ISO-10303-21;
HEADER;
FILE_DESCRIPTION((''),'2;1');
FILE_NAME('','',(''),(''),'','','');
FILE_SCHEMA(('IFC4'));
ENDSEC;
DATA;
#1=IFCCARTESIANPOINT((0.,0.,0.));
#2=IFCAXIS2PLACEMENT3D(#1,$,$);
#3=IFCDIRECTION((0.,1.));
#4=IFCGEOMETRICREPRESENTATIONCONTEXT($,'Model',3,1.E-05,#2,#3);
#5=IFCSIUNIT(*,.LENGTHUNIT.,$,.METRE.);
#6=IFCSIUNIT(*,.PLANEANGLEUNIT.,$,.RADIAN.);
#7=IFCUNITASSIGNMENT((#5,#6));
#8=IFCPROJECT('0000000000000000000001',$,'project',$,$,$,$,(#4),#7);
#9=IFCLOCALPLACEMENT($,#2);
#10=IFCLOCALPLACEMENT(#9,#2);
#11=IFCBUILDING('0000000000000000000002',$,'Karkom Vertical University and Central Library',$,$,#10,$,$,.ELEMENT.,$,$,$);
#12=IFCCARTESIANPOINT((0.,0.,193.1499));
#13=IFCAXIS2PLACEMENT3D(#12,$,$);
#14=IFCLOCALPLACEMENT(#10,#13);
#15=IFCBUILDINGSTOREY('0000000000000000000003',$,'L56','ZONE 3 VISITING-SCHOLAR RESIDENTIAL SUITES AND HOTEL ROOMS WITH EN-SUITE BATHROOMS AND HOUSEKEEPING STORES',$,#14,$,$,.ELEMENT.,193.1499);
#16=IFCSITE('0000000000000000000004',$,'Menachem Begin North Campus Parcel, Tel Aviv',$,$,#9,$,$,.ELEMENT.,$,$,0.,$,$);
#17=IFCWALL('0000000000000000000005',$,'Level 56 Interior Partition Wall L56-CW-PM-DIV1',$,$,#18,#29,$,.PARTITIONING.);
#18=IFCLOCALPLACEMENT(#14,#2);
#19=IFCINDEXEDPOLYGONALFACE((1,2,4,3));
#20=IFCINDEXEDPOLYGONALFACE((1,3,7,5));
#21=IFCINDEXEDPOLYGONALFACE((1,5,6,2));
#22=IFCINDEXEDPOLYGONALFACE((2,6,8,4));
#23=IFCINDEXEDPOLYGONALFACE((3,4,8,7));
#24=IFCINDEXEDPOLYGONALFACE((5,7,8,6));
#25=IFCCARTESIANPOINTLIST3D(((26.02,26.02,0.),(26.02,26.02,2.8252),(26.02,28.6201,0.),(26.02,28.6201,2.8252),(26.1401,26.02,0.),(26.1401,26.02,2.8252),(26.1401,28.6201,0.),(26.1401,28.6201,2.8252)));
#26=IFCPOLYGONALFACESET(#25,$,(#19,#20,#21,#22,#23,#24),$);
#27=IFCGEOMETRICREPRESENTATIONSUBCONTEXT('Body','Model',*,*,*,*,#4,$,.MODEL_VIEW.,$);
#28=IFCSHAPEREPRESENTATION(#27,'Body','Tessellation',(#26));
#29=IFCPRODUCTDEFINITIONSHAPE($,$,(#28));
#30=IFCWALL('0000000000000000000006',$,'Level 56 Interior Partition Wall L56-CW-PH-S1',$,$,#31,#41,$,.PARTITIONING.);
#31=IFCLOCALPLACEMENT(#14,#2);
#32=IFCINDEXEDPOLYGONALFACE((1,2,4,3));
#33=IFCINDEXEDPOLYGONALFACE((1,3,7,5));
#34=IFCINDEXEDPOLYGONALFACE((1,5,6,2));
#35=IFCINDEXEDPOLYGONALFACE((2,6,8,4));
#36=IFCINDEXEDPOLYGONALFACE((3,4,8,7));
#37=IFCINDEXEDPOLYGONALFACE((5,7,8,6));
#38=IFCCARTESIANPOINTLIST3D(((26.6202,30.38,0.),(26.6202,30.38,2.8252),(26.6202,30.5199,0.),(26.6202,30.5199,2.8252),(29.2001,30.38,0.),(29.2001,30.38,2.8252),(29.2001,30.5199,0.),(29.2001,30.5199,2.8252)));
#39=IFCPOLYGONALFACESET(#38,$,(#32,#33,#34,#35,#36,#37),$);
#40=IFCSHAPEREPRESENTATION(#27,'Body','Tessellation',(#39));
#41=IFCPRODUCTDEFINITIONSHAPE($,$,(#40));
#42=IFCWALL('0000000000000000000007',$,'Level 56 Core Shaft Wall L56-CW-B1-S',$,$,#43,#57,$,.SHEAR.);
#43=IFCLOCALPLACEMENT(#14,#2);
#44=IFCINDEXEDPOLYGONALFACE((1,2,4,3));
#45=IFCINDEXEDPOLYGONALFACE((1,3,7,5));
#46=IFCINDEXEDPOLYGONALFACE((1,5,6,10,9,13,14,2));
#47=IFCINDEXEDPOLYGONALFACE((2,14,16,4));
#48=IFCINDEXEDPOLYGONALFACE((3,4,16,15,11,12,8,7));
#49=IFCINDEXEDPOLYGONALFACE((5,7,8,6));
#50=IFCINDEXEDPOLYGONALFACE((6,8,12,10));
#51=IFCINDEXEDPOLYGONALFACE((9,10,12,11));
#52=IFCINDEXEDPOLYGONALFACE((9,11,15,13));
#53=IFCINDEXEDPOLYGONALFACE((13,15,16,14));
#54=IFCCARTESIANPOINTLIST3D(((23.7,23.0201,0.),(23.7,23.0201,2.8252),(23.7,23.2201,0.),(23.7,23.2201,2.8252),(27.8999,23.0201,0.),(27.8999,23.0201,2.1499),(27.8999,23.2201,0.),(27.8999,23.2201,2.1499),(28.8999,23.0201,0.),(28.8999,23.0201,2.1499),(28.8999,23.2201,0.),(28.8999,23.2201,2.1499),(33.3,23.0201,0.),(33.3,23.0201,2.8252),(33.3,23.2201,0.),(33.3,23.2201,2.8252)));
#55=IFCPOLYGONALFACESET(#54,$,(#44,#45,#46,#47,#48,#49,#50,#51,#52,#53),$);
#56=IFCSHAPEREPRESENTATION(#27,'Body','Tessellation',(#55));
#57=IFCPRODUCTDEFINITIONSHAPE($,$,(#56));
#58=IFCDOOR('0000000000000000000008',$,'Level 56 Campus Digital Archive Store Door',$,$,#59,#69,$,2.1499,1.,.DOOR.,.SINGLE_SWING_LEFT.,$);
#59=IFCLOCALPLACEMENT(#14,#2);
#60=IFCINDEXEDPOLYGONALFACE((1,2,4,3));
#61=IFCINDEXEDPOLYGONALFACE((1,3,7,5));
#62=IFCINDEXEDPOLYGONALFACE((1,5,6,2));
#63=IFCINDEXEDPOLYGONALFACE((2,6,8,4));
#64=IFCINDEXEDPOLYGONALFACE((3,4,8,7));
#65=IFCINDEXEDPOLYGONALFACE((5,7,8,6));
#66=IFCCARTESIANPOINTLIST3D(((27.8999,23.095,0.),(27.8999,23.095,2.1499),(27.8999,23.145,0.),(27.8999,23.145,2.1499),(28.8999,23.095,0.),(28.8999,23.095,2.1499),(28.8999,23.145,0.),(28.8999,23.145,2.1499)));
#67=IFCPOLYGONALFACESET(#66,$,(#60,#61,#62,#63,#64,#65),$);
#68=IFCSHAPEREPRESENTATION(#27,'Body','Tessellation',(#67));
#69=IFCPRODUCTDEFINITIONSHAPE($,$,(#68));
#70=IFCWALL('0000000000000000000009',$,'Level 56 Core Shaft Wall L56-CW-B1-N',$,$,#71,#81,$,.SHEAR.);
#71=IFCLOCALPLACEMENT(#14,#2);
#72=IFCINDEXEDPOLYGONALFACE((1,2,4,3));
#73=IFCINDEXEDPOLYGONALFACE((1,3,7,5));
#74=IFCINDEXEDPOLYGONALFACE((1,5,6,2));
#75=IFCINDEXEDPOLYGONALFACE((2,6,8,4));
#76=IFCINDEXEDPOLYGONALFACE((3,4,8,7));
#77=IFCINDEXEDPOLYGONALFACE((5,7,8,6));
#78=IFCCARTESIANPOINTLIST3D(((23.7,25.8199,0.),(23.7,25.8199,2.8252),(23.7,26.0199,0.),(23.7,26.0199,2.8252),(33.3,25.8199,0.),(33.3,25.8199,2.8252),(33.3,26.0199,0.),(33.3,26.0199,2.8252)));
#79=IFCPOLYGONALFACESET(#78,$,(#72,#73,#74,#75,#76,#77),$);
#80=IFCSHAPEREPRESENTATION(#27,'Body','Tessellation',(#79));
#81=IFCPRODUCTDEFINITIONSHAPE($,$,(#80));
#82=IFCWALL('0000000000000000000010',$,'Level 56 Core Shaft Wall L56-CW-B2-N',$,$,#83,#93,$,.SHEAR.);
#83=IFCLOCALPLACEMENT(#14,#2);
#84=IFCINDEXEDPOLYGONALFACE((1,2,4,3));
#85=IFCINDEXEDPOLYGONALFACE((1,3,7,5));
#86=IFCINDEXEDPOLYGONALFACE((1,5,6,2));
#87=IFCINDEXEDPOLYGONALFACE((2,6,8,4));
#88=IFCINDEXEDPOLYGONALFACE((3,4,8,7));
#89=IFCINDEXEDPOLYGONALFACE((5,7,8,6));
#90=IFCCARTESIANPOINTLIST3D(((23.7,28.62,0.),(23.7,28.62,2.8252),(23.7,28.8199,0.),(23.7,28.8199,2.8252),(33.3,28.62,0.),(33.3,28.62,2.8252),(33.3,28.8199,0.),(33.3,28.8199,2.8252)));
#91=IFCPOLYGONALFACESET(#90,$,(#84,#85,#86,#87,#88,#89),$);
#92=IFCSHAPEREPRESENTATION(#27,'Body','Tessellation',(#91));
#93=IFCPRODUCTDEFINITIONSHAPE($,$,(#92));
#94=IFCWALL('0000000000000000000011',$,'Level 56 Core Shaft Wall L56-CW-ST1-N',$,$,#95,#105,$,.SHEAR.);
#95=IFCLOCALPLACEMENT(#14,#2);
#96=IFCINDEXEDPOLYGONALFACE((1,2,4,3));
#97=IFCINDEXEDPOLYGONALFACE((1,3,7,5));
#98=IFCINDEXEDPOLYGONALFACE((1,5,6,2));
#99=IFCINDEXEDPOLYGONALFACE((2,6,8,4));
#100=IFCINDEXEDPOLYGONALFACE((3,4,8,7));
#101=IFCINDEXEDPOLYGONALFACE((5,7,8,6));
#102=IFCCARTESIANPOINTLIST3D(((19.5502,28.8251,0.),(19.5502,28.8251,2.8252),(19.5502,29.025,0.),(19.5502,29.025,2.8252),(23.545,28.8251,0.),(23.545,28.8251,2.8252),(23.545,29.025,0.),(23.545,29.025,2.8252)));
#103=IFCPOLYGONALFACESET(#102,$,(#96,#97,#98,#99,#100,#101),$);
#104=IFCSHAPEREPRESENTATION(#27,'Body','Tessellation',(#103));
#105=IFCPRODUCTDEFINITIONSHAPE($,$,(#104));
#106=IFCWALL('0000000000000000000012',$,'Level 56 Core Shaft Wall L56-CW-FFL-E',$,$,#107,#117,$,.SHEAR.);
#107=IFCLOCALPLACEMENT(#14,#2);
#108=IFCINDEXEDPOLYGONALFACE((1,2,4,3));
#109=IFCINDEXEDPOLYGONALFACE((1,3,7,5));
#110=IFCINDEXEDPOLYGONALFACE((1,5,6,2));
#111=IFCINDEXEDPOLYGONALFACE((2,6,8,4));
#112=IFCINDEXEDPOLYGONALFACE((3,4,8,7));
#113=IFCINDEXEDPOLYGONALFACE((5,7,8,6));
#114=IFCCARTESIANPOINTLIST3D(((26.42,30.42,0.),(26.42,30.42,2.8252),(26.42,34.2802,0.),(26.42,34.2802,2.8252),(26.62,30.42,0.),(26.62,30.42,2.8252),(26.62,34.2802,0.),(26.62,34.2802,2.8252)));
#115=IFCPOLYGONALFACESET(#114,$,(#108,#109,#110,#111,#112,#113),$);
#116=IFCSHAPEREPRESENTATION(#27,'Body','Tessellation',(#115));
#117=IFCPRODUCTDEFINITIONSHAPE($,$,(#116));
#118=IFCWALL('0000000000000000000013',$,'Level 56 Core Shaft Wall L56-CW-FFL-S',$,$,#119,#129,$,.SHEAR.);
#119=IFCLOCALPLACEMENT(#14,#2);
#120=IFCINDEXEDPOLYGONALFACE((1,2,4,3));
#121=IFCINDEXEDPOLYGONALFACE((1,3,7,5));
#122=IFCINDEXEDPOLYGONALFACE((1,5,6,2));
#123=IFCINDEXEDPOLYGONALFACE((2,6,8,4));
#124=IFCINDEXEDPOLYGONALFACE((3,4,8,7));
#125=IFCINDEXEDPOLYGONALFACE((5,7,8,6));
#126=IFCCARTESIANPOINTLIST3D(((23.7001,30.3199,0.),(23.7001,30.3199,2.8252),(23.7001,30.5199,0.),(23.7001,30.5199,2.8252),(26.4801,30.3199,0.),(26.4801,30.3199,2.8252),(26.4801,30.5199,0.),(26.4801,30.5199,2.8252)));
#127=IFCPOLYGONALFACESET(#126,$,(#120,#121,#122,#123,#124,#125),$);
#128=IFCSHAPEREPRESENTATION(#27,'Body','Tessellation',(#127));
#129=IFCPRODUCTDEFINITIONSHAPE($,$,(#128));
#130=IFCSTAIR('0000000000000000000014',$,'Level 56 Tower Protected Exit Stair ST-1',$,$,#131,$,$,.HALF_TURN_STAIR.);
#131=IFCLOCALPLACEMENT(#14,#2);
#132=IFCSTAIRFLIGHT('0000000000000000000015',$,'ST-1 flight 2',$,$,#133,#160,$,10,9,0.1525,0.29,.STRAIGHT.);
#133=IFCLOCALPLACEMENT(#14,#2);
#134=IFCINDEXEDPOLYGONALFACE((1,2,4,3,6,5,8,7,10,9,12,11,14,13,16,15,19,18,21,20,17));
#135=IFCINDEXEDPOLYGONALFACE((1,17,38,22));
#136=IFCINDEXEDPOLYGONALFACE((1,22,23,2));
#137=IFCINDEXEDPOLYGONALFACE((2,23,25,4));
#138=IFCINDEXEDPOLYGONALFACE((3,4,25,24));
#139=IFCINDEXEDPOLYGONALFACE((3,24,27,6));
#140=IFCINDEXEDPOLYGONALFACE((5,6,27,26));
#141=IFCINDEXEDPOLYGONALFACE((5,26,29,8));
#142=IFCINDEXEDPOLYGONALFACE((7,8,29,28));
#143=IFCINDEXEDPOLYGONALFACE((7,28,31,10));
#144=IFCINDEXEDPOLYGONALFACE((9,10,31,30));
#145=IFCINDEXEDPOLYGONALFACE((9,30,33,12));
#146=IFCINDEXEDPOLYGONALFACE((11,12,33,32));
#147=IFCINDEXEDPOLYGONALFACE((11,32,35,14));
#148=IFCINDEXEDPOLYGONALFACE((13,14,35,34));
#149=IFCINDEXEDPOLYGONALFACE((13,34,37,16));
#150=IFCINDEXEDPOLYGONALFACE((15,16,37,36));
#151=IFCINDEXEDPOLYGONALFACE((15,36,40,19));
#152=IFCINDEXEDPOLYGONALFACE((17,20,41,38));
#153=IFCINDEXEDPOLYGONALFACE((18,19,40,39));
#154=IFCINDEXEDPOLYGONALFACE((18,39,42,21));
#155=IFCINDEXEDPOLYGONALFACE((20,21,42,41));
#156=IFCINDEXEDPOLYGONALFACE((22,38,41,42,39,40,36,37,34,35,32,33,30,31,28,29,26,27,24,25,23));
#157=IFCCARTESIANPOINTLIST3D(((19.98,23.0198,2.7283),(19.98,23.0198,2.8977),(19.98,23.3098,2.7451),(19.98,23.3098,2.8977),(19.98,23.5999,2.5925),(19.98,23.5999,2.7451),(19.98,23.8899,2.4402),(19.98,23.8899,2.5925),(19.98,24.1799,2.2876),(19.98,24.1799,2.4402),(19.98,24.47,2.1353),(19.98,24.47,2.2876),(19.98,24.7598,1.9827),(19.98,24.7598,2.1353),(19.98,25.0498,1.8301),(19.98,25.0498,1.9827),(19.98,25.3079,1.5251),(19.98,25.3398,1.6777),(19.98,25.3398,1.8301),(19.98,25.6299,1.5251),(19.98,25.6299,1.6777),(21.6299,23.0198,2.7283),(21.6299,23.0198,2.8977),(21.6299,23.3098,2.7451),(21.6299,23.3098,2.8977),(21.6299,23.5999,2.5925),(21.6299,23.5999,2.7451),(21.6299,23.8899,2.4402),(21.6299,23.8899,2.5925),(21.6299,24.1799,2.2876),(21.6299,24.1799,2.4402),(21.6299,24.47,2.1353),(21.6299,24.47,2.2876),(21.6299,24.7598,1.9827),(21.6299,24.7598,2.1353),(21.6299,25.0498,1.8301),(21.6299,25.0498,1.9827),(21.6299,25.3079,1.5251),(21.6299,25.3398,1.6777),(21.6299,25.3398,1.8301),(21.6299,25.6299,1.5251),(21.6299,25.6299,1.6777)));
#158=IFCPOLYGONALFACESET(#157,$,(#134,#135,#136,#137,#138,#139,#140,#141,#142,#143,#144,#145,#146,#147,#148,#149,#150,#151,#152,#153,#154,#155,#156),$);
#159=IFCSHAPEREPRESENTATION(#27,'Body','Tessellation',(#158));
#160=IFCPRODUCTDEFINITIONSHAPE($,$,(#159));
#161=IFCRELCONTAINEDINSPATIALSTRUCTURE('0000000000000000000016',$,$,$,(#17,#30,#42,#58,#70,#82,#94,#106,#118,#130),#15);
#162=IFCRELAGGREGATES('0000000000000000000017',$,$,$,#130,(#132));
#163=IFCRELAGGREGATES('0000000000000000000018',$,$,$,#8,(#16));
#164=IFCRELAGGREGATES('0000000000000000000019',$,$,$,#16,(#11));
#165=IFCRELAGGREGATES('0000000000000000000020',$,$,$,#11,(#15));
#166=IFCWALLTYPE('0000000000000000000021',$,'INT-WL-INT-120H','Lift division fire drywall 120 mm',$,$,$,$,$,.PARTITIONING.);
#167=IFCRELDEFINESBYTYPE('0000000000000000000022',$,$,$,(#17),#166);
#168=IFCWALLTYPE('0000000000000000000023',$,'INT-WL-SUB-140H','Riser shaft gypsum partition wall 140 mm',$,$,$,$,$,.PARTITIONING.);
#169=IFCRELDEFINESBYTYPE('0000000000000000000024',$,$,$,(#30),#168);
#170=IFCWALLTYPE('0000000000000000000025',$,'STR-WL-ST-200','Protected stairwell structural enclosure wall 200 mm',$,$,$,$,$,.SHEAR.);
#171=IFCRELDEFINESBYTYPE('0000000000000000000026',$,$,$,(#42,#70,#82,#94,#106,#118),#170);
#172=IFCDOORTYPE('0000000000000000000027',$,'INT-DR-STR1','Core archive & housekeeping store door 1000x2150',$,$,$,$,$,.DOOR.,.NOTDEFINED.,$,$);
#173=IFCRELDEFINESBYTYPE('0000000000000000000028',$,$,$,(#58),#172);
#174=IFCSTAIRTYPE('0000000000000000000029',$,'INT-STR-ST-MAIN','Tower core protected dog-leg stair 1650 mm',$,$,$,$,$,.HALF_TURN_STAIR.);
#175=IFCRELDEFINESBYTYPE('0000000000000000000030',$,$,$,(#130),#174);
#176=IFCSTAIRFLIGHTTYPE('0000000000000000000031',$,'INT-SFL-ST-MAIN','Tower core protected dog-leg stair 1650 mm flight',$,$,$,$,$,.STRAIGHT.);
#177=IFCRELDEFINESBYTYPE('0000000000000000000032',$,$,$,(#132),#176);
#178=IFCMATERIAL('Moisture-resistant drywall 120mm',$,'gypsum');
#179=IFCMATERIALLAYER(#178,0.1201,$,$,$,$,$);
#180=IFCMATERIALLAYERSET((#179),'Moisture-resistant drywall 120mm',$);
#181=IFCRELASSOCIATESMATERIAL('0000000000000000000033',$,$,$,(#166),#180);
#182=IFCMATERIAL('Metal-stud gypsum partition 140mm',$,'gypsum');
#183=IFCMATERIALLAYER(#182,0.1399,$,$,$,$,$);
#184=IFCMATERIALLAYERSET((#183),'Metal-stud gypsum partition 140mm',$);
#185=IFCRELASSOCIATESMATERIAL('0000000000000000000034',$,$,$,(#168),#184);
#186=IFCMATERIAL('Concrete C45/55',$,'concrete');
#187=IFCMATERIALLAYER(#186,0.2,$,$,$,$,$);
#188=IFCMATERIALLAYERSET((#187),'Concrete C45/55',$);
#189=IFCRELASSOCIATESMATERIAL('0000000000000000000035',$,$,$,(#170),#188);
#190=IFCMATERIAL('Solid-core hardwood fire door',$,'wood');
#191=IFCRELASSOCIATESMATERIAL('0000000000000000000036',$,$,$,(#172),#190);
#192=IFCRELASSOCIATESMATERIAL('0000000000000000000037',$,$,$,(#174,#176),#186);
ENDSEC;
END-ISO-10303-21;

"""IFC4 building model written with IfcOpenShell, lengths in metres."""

from ifc_helpers import new_model, si_unit, direction, frame, frame_2d, origin, origin_with_axes, place, context, subcontext, project, spatial, polyline, rectangle, outline, extrude, source, transform, mapped, material, layer, layer_set, type_object, element, fill, aggregate, save


model = new_model("IFC4")

# Units and contexts
model_context = context("Model", 3, precision=1e-05, world=origin(), true_north=direction((0.0, 1.0)))
body_context = subcontext(model_context, "Body", "Model", "MODEL_VIEW")
ifc_project = project(units=[si_unit("LENGTHUNIT", "METRE"), si_unit("PLANEANGLEUNIT", "RADIAN")], contexts=[model_context])

# Site, building, storey
site_placement = place(None, origin())
site = spatial("IfcSite", under=ifc_project, at=site_placement, Name="Menachem Begin North Campus Parcel, Tel Aviv", CompositionType="ELEMENT", RefElevation=0.0)
building_placement = place(site_placement, origin())
building = spatial("IfcBuilding", under=site, at=building_placement, Name="Karkom Vertical University and Central Library", CompositionType="ELEMENT")
storey_placement = place(building_placement, frame((0.0, 0.0, 193.1499)))
storey = spatial("IfcBuildingStorey", under=building, at=storey_placement, Name="L56", Description="ZONE 3 VISITING-SCHOLAR RESIDENTIAL SUITES AND HOTEL ROOMS WITH EN-SUITE BATHROOMS AND HOUSEKEEPING STORES", CompositionType="ELEMENT", Elevation=193.1499)

# Shared definitions
ifc_material_1 = material(Name="Moisture-resistant drywall 120mm", Category="gypsum")

# Walls
ifc_layer_1 = layer(ifc_material_1, 0.1201)
ifc_layer_set_1 = layer_set([ifc_layer_1], Name="Moisture-resistant drywall 120mm")
wall_type_1 = type_object("IfcWallType", Name="INT-WL-INT-120H", Description="Lift division fire drywall 120 mm", PredefinedType="PARTITIONING", material=ifc_layer_set_1)
wall_1_placement = place(storey_placement, frame((26.0801, 26.02, 0.0), z_axis=(0.0, 0.0, 1.0), x_axis=(0.0, 1.0, 0.0)))
element("IfcWall", 1, at=wall_1_placement, inside=storey, type_object=wall_type_1, Name="Level 56 Interior Partition Wall L56-CW-PM-DIV1", PredefinedType="PARTITIONING", context=body_context, shape_type="SweptSolid", body=[
    extrude(rectangle(XDim=2.6001, YDim=0.1201, at=frame_2d((1.3, 0.0))), origin(), (0.0, 0.0, 1.0), 2.8252),
])
ifc_material_2 = material(Name="Metal-stud gypsum partition 140mm", Category="gypsum")
ifc_layer_2 = layer(ifc_material_2, 0.1399)
ifc_layer_set_2 = layer_set([ifc_layer_2], Name="Metal-stud gypsum partition 140mm")
wall_type_2 = type_object("IfcWallType", Name="INT-WL-SUB-140H", Description="Riser shaft gypsum partition wall 140 mm", PredefinedType="PARTITIONING", material=ifc_layer_set_2)
wall_2_placement = place(storey_placement, frame((26.6201, 30.45, 0.0), z_axis=(0.0, 0.0, 1.0), x_axis=(1.0, 0.0, 0.0)))
element("IfcWall", 2, at=wall_2_placement, inside=storey, type_object=wall_type_2, Name="Level 56 Interior Partition Wall L56-CW-PH-S1", PredefinedType="PARTITIONING", context=body_context, shape_type="SweptSolid", body=[
    extrude(rectangle(XDim=2.5798, YDim=0.1399, at=frame_2d((1.29, 0.0))), origin(), (0.0, 0.0, 1.0), 2.8252),
])

# Wall, opening, door
ifc_material_3 = material(Name="Concrete C45/55", Category="concrete")
ifc_layer_3 = layer(ifc_material_3, 0.2)
ifc_layer_set_3 = layer_set([ifc_layer_3], Name="Concrete C45/55")
wall_type_3 = type_object("IfcWallType", Name="STR-WL-ST-200", Description="Protected stairwell structural enclosure wall 200 mm", PredefinedType="SHEAR", material=ifc_layer_set_3)
wall_3_placement = place(storey_placement, frame((23.7, 23.1201, 0.0), z_axis=(0.0, 0.0, 1.0), x_axis=(1.0, 0.0, 0.0)))
wall_3 = element("IfcWall", 3, at=wall_3_placement, inside=storey, type_object=wall_type_3, Name="Level 56 Core Shaft Wall L56-CW-B1-S", PredefinedType="SHEAR", context=body_context, shape_type="SweptSolid", body=[
    extrude(rectangle(XDim=9.6001, YDim=0.2, at=frame_2d((4.8, 0.0))), origin(), (0.0, 0.0, 1.0), 2.8252),
])
opening_1_placement = place(wall_3_placement, frame((4.2, 0.0, 0.0)))
opening_1 = element("IfcOpeningElement", 4, at=opening_1_placement, cuts=wall_3, PredefinedType="OPENING", context=body_context, shape_type="SweptSolid", body=[
    extrude(rectangle(XDim=1.0, YDim=2.1499, at=frame_2d((0.5, 1.075))), frame((0.0, 0.1099, 0.0), z_axis=(0.0, -1.0, 0.0), x_axis=(1.0, 0.0, 0.0)), (0.0, 0.0, 1.0), 0.22),
])
ifc_material_4 = material(Name="Solid-core hardwood fire door", Category="wood")
door_type_1 = type_object("IfcDoorType", Name="INT-DR-STR1", Description="Core archive & housekeeping store door 1000x2150", OperationType="NOTDEFINED", PredefinedType="DOOR", material=ifc_material_4)
shared_shape_1 = source(origin_with_axes(), body_context, "Body", "SweptSolid", [
    extrude(rectangle(XDim=1.0, YDim=2.1499, at=frame_2d((0.5, 1.075))), frame((0.0, 0.0249, 0.0), z_axis=(0.0, -1.0, 0.0), x_axis=(1.0, 0.0, 0.0)), (0.0, 0.0, 1.0), 0.05),
])
door_1_placement = place(opening_1_placement, origin())
door_1 = element("IfcDoor", 5, at=door_1_placement, inside=storey, type_object=door_type_1, Name="Level 56 Campus Digital Archive Store Door", OperationType="SINGLE_SWING_LEFT", OverallHeight=2.1499, OverallWidth=1.0, PredefinedType="DOOR", context=body_context, shape_type="MappedRepresentation", body=[
    mapped(shared_shape_1, transform((0.0, 0.0, 0.0), scale=1.0)),
])
fill(opening_1, door_1)

# Walls
for number, where, z_axis, x_axis, name in (
    (6, (23.7, 25.9199, 0.0), (0.0, 0.0, 1.0), (1.0, 0.0, 0.0), "Level 56 Core Shaft Wall L56-CW-B1-N"),
    (7, (23.7, 28.72, 0.0), (0.0, 0.0, 1.0), (1.0, 0.0, 0.0), "Level 56 Core Shaft Wall L56-CW-B2-N"),
):
    element("IfcWall", number, at=place(storey_placement, frame(where, z_axis=z_axis, x_axis=x_axis)), inside=storey, type_object=wall_type_3, Name=name, PredefinedType="SHEAR", context=body_context, shape_type="SweptSolid", body=[
        extrude(rectangle(XDim=9.6001, YDim=0.2, at=frame_2d((4.8, 0.0))), origin(), (0.0, 0.0, 1.0), 2.8252),
    ])
wall_4_placement = place(storey_placement, frame((19.55, 28.925, 0.0), z_axis=(0.0, 0.0, 1.0), x_axis=(1.0, 0.0, 0.0)))
element("IfcWall", 8, at=wall_4_placement, inside=storey, type_object=wall_type_3, Name="Level 56 Core Shaft Wall L56-CW-ST1-N", PredefinedType="SHEAR", context=body_context, shape_type="SweptSolid", body=[
    extrude(rectangle(XDim=3.9949, YDim=0.2, at=frame_2d((1.9976, 0.0))), origin(), (0.0, 0.0, 1.0), 2.8252),
])
wall_5_placement = place(storey_placement, frame((26.52, 30.4199, 0.0), z_axis=(0.0, 0.0, 1.0), x_axis=(0.0, 1.0, 0.0)))
element("IfcWall", 9, at=wall_5_placement, inside=storey, type_object=wall_type_3, Name="Level 56 Core Shaft Wall L56-CW-FFL-E", PredefinedType="SHEAR", context=body_context, shape_type="SweptSolid", body=[
    extrude(rectangle(XDim=3.8601, YDim=0.2, at=frame_2d((1.9302, 0.0))), origin(), (0.0, 0.0, 1.0), 2.8252),
])
wall_6_placement = place(storey_placement, frame((23.7, 30.4199, 0.0), z_axis=(0.0, 0.0, 1.0), x_axis=(1.0, 0.0, 0.0)))
element("IfcWall", 10, at=wall_6_placement, inside=storey, type_object=wall_type_3, Name="Level 56 Core Shaft Wall L56-CW-FFL-S", PredefinedType="SHEAR", context=body_context, shape_type="SweptSolid", body=[
    extrude(rectangle(XDim=2.78, YDim=0.2, at=frame_2d((1.3901, 0.0))), origin(), (0.0, 0.0, 1.0), 2.8252),
])

# Stair, stair flight
stair_type = type_object("IfcStairType", Name="INT-STR-ST-MAIN", Description="Tower core protected dog-leg stair 1650 mm", PredefinedType="HALF_TURN_STAIR", material=ifc_material_3)
stair_placement = place(storey_placement, origin())
stair = element("IfcStair", 11, at=stair_placement, inside=storey, type_object=stair_type, Name="Level 56 Tower Protected Exit Stair ST-1", PredefinedType="HALF_TURN_STAIR")
stair_flight_type = type_object("IfcStairFlightType", Name="INT-SFL-ST-MAIN", Description="Tower core protected dog-leg stair 1650 mm flight", PredefinedType="STRAIGHT", material=ifc_material_3)
stair_flight_placement = place(storey_placement, frame((20.8049, 25.6299, 1.5251), z_axis=(0.0, 0.0, 1.0), x_axis=(0.0, -1.0, 0.0)))
stair_flight = element("IfcStairFlight", 12, at=stair_flight_placement, type_object=stair_flight_type, Name="ST-1 flight 2", NumberOfRisers=10, NumberOfTreads=9, PredefinedType="STRAIGHT", RiserHeight=0.1525, TreadLength=0.29, context=body_context, shape_type="SweptSolid", body=[
    extrude(outline(polyline([(0.0, 0.0), (0.0, 0.1526), (0.29, 0.1526), (0.29, 0.3049), (0.5801, 0.3049), (0.5801, 0.4575), (0.8701, 0.4575), (0.8701, 0.6101), (1.1599, 0.6101), (1.1599, 0.7625), (1.45, 0.7625), (1.45, 0.915), (1.74, 0.915), (1.74, 1.0674), (2.03, 1.0674), (2.03, 1.22), (2.3201, 1.22), (2.3201, 1.3726), (2.6101, 1.3726), (2.6101, 1.5249), (2.6101, 1.2031), (0.322, 0.0), (0.0, 0.0)])), frame((0.0, 0.825, 0.0), z_axis=(0.0, -1.0, 0.0), x_axis=(1.0, 0.0, 0.0)), (0.0, 0.0, 1.0), 1.6499),
])
aggregate(stair, [stair_flight])

save(model, "model.ifc")
